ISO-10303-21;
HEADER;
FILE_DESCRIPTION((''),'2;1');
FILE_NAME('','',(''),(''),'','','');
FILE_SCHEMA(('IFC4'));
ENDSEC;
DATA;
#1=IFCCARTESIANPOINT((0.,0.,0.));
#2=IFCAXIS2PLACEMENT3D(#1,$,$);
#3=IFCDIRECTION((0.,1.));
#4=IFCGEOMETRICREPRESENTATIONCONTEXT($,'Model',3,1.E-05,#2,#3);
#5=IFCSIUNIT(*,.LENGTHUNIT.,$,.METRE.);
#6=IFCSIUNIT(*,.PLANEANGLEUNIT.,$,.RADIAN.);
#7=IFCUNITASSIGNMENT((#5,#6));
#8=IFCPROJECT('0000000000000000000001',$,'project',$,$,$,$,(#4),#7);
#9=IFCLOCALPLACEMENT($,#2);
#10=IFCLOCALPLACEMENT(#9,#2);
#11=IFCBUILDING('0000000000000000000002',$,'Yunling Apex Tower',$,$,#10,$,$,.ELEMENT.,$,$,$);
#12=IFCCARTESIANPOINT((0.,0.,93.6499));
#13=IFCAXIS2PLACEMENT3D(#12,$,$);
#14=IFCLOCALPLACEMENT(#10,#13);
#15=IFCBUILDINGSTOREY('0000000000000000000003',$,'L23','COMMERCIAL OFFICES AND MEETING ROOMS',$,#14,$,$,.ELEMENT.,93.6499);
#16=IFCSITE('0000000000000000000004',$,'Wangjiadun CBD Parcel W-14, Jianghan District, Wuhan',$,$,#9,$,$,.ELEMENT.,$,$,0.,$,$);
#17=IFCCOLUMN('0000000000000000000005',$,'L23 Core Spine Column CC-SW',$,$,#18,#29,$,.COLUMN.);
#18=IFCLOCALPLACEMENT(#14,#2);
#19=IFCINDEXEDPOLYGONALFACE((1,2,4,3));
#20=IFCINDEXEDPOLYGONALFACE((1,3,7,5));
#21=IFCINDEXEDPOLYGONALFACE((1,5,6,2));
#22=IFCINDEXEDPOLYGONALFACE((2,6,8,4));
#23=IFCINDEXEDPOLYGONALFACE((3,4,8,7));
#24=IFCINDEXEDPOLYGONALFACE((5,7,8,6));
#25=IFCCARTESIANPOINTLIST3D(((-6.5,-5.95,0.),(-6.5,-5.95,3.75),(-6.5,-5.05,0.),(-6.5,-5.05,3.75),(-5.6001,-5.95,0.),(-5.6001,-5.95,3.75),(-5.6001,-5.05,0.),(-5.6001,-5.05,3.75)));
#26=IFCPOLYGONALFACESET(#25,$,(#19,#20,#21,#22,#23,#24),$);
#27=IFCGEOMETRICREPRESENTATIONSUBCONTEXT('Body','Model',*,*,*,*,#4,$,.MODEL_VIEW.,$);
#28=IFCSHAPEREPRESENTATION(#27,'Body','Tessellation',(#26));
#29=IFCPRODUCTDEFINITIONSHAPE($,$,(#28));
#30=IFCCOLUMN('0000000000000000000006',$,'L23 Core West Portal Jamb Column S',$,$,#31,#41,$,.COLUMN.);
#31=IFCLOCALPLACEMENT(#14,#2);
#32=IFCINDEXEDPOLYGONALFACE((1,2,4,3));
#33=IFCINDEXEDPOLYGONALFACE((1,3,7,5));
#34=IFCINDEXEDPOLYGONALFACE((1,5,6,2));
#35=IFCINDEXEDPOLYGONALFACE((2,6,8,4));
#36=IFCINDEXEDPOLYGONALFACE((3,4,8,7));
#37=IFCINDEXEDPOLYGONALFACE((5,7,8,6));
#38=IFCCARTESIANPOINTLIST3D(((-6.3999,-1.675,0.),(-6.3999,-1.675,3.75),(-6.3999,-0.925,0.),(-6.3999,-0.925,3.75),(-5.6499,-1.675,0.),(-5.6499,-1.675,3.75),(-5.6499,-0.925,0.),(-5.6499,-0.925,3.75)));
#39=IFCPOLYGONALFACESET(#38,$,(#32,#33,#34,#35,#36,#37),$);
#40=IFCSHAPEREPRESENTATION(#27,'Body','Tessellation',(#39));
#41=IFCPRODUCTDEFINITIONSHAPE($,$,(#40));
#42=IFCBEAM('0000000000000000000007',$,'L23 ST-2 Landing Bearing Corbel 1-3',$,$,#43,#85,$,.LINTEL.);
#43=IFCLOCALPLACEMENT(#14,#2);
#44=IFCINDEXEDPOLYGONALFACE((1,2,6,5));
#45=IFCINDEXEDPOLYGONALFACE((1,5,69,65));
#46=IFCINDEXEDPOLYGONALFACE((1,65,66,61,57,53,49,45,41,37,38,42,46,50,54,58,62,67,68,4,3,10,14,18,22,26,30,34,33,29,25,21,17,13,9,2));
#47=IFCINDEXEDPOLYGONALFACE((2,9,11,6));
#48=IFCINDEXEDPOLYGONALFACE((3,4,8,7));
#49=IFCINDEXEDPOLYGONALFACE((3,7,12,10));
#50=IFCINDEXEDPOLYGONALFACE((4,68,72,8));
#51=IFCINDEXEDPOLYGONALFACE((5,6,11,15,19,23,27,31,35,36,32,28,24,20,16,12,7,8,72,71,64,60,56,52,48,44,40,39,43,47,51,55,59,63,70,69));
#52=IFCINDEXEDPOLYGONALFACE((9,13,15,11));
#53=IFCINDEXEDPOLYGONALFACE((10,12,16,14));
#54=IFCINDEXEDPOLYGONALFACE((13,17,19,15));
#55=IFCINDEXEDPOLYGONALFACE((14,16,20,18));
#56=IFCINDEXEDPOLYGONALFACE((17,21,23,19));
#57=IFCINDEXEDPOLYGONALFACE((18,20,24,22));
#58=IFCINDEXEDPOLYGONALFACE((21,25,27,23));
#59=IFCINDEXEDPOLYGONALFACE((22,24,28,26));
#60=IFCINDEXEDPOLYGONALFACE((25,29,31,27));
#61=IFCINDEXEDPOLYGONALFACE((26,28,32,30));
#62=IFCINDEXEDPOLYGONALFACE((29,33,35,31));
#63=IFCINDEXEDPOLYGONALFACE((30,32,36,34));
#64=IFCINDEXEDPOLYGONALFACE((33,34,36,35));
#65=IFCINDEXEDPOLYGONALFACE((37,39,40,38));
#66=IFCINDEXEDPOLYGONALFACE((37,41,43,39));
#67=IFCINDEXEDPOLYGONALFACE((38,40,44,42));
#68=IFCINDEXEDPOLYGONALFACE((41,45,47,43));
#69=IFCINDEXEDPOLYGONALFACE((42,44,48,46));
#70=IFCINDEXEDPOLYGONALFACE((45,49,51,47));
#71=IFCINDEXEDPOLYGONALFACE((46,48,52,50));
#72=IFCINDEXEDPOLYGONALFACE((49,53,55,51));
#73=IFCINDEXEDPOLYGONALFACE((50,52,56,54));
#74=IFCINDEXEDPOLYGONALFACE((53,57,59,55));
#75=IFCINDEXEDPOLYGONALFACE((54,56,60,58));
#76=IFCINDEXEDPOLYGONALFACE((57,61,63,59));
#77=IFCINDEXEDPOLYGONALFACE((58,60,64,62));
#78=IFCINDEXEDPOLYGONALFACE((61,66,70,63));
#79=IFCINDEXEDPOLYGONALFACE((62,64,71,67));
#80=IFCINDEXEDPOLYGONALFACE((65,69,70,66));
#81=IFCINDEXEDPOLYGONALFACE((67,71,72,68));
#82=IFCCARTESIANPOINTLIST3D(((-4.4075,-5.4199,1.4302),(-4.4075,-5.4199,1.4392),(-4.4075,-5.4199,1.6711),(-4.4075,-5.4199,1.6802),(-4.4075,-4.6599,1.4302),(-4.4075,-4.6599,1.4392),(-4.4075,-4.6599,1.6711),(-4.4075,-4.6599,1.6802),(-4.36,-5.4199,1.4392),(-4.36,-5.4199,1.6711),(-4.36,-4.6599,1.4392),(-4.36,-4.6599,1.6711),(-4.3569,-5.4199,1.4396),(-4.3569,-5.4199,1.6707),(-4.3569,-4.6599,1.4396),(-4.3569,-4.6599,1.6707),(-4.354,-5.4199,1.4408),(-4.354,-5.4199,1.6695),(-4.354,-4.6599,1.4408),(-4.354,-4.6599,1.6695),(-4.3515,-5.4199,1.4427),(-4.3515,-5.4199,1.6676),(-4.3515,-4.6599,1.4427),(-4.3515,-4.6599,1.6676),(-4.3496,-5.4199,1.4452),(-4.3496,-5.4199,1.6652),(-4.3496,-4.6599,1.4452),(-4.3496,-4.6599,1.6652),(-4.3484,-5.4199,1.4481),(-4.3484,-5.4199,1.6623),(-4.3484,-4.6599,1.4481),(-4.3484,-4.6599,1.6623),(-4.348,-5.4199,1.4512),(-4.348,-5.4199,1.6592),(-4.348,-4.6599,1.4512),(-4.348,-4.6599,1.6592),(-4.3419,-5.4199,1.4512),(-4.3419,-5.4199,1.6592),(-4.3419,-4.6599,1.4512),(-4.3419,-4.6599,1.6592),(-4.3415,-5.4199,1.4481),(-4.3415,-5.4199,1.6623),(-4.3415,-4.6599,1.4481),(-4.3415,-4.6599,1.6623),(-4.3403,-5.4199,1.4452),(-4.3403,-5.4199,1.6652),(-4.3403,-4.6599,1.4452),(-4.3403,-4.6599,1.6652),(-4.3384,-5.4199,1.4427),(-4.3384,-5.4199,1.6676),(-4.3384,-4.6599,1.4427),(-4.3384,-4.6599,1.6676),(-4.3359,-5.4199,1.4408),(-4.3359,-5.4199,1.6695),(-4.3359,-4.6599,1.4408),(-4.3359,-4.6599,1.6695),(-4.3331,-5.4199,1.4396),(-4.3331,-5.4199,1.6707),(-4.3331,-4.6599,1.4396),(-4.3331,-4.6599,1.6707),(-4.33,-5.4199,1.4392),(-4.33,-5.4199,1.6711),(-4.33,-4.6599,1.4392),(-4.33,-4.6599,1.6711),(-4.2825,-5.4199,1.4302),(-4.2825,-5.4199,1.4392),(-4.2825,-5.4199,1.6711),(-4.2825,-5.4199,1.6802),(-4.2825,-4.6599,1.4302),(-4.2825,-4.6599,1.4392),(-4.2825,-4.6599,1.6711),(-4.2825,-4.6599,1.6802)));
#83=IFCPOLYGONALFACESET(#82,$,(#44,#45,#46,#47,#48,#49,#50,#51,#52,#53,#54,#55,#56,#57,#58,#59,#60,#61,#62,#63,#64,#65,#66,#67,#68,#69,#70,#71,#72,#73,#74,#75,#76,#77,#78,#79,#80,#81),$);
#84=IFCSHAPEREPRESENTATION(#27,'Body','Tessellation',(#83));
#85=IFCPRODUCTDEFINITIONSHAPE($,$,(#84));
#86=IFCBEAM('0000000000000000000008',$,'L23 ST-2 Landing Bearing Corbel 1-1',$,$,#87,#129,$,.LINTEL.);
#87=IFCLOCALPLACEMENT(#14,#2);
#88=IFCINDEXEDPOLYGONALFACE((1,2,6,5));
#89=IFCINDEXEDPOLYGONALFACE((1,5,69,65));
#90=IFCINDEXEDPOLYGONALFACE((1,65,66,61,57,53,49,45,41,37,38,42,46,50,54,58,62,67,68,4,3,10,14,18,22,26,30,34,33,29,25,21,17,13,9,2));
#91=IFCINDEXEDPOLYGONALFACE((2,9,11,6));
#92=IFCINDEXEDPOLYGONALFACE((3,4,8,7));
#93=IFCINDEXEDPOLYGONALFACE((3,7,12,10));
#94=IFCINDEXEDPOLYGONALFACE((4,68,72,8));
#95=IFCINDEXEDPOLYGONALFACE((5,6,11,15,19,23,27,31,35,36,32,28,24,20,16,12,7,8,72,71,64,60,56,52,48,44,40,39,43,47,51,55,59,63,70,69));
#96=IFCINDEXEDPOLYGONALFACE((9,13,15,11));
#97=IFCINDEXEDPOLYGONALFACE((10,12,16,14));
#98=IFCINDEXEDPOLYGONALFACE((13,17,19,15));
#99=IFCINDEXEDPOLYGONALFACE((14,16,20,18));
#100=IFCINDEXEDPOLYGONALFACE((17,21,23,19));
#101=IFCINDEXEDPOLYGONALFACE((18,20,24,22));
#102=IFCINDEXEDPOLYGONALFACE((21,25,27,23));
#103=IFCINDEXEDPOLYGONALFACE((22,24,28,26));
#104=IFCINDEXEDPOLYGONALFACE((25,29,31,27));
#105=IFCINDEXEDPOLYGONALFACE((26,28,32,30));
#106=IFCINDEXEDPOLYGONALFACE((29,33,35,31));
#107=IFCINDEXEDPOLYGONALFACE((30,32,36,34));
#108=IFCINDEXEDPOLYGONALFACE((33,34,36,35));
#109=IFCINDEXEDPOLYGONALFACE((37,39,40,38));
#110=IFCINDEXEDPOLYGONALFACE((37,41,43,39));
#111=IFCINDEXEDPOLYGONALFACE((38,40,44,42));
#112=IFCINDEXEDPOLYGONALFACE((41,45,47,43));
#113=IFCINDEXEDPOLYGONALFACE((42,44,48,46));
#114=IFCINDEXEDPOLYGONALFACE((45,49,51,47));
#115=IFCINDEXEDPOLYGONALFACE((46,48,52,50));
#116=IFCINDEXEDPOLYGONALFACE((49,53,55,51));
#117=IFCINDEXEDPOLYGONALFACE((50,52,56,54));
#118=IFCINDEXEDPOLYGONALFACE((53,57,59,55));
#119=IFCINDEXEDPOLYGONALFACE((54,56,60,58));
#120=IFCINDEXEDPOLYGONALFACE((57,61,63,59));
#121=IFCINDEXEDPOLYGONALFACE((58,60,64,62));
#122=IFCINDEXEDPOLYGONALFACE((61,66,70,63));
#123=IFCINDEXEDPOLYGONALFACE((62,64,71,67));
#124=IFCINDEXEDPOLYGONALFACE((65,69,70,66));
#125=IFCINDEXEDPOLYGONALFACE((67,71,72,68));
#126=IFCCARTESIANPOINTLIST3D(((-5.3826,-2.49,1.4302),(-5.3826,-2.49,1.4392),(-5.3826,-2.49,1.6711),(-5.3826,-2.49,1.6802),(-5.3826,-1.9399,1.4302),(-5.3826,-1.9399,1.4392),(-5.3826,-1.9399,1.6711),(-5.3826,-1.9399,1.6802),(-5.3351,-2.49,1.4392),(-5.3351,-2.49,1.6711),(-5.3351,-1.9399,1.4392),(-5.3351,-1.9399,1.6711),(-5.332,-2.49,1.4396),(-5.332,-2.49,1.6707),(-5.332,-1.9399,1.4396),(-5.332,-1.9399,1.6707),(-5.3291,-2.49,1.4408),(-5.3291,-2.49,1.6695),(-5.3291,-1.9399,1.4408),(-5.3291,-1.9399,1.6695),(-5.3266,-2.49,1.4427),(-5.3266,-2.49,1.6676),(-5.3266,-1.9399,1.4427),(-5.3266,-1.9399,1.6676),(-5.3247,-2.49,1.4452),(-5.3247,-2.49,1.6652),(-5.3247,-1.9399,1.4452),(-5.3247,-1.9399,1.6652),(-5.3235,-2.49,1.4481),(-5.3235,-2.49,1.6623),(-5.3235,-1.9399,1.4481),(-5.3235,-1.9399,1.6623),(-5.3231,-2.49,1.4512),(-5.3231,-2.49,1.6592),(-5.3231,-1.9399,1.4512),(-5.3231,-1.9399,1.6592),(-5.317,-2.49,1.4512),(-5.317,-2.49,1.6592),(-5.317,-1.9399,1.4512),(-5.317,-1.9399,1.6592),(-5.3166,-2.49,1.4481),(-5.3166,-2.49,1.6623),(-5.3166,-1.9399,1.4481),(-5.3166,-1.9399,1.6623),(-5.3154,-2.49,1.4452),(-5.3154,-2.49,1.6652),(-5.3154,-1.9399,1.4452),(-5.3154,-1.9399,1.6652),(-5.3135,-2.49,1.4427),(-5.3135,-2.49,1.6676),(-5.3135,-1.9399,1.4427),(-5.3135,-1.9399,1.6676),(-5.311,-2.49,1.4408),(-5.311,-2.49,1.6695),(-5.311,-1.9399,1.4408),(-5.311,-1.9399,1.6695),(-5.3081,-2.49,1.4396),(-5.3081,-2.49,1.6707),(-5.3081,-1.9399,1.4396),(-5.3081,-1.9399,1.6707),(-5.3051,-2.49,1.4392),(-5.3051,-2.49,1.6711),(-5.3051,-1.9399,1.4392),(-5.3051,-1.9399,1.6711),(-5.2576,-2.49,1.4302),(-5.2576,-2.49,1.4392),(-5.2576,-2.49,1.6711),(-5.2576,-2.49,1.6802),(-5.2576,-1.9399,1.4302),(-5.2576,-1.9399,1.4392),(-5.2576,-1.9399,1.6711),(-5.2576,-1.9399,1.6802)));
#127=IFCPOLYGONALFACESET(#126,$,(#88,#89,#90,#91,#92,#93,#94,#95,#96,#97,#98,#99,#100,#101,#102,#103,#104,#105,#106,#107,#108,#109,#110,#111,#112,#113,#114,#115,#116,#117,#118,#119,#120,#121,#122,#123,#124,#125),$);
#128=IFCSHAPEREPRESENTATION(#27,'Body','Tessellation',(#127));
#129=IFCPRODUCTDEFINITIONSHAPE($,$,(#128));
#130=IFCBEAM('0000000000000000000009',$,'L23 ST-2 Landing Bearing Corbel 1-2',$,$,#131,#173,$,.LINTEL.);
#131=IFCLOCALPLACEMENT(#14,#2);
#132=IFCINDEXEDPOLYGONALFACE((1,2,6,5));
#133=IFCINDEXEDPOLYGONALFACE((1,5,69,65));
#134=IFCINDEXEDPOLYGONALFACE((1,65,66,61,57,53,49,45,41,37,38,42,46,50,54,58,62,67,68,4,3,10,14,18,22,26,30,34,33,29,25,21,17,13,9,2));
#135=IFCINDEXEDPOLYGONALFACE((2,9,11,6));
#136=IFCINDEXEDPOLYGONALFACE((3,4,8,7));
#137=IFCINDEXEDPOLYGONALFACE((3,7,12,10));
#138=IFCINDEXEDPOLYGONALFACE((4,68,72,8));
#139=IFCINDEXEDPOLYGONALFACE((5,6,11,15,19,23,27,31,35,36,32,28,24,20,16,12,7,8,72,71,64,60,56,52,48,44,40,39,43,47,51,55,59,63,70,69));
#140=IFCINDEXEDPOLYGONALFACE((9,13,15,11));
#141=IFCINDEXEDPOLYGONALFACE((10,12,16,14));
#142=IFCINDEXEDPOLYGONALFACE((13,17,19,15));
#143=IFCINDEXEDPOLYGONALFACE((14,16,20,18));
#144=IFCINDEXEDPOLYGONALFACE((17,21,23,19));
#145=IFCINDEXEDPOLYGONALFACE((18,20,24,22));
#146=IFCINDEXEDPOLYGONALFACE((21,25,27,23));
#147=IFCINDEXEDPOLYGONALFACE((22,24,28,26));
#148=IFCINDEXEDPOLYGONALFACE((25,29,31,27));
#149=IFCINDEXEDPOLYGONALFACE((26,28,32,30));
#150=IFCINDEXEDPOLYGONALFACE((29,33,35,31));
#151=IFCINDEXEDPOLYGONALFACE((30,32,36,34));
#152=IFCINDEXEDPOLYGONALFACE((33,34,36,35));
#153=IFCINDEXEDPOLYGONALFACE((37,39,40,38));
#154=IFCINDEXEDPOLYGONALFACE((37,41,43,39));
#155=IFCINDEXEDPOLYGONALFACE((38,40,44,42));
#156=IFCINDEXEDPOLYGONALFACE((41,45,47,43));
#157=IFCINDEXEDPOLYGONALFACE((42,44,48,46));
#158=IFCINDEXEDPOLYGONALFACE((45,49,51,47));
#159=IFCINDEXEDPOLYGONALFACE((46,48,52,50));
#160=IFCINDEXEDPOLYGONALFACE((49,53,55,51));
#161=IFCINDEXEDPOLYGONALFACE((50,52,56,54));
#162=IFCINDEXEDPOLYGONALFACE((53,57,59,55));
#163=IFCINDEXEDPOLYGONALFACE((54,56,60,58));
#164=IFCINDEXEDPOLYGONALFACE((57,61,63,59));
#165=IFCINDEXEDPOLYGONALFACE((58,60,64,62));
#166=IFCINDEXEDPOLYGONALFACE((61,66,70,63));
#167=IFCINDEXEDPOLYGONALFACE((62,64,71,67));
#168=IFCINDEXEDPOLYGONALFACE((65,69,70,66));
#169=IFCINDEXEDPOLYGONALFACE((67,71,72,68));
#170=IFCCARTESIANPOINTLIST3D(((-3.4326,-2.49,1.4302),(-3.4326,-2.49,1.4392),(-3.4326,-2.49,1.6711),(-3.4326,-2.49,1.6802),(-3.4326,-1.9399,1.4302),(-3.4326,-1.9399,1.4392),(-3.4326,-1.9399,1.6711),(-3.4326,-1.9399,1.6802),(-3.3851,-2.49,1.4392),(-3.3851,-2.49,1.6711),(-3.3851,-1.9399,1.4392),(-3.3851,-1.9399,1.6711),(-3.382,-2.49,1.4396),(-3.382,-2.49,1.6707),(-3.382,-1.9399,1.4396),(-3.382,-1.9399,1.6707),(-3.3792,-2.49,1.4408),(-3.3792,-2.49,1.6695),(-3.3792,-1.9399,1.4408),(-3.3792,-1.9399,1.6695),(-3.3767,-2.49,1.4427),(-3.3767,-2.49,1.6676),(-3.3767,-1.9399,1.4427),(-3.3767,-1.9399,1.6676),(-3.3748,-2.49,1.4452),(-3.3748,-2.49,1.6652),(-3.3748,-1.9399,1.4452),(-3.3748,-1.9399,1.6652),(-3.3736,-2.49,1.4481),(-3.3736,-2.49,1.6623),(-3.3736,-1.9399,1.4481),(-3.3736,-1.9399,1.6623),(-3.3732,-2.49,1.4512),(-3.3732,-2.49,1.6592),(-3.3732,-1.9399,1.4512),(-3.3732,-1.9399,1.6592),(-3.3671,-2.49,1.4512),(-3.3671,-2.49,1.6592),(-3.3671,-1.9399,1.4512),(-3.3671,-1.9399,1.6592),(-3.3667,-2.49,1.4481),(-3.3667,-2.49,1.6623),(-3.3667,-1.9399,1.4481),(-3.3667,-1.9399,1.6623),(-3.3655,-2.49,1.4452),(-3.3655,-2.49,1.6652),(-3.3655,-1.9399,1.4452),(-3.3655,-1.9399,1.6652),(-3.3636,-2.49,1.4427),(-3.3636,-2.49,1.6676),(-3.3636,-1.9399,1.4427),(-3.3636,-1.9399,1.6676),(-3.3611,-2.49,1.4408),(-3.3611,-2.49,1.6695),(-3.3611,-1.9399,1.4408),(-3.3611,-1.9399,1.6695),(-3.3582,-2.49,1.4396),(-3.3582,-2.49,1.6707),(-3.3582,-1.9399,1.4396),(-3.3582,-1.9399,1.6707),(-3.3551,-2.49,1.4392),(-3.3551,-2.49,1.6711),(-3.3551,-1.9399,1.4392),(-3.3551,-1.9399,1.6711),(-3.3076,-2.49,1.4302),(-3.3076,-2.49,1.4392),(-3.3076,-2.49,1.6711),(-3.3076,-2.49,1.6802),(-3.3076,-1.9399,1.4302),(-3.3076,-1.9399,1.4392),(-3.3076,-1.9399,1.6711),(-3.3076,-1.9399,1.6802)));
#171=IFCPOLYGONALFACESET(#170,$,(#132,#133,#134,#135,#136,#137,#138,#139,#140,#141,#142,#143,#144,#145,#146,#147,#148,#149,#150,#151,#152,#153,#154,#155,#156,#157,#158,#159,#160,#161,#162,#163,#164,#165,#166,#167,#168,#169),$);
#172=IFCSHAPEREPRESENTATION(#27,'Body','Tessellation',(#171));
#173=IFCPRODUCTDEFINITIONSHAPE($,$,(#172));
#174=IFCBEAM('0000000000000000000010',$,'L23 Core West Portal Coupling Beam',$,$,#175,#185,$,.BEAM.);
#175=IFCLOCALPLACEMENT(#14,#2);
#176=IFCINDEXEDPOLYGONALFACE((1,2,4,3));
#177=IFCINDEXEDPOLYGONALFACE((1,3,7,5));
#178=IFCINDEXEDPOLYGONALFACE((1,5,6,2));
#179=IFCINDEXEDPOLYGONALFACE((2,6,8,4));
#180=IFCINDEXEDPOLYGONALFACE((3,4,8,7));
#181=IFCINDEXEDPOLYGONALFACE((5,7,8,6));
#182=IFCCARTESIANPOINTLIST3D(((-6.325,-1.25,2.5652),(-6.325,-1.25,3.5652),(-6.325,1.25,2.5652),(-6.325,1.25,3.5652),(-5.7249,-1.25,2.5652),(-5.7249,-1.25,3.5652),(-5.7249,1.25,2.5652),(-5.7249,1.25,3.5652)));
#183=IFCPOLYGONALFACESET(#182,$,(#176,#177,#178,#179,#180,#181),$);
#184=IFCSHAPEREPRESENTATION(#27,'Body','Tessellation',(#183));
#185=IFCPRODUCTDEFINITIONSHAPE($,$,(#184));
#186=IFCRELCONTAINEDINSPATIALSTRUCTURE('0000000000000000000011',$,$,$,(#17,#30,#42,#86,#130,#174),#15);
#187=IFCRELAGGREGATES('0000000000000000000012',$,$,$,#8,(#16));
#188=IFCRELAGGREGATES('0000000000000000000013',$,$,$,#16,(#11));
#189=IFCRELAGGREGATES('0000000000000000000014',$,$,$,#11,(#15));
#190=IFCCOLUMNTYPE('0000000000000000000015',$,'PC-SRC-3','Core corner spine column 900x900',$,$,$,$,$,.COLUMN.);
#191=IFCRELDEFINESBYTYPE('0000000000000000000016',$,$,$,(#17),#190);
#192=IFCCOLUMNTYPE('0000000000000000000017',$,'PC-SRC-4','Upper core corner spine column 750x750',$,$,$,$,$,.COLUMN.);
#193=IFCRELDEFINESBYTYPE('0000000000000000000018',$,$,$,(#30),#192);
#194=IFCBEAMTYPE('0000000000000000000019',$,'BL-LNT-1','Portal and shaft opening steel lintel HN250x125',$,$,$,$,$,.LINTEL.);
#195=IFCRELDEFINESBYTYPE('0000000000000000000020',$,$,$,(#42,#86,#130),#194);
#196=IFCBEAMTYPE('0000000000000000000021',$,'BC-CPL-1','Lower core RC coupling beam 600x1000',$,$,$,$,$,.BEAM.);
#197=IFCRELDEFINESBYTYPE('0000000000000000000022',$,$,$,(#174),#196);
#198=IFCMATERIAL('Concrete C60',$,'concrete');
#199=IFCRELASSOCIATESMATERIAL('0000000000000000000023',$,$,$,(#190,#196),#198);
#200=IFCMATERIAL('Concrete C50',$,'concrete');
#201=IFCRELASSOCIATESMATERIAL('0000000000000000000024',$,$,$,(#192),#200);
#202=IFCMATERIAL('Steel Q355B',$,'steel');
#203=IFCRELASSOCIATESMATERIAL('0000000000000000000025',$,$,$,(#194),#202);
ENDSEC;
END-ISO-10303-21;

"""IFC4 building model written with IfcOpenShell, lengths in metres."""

from ifc_helpers import new_model, si_unit, direction, frame, origin, origin_2d, place, context, subcontext, project, spatial, rectangle, i_section, extrude, source, transform, mapped, material, material_profile, profile_set, type_object, element, save


model = new_model("IFC4")

# Units and contexts
model_context = context("Model", 3, precision=1e-05, world=origin(), true_north=direction((0.0, 1.0)))
body_context = subcontext(model_context, "Body", "Model", "MODEL_VIEW")
ifc_project = project(units=[si_unit("LENGTHUNIT", "METRE"), si_unit("PLANEANGLEUNIT", "RADIAN")], contexts=[model_context])

# Site, building, storey
site_placement = place(None, origin())
site = spatial("IfcSite", under=ifc_project, at=site_placement, Name="Wangjiadun CBD Parcel W-14, Jianghan District, Wuhan", CompositionType="ELEMENT", RefElevation=0.0)
building_placement = place(site_placement, origin())
building = spatial("IfcBuilding", under=site, at=building_placement, Name="Yunling Apex Tower", CompositionType="ELEMENT")
storey_placement = place(building_placement, frame((0.0, 0.0, 93.6499)))
storey = spatial("IfcBuildingStorey", under=building, at=storey_placement, Name="L23", Description="COMMERCIAL OFFICES AND MEETING ROOMS", CompositionType="ELEMENT", Elevation=93.6499)

# Columns
ifc_material_1 = material(Name="Concrete C60", Category="concrete")
ifc_material_profile_1 = material_profile(ifc_material_1, rectangle(XDim=0.8999, YDim=0.8999, at=origin_2d()))
ifc_profile_set_1 = profile_set([ifc_material_profile_1], Name="Concrete C60")
column_type_1 = type_object("IfcColumnType", Name="PC-SRC-3", Description="Core corner spine column 900x900", PredefinedType="COLUMN", material=ifc_profile_set_1)
shared_shape_1 = source(origin(), body_context, "Body", "SweptSolid", [
    extrude(rectangle(XDim=0.8999, YDim=0.8999, at=origin_2d()), origin(), (0.0, 0.0, 1.0), 3.75),
])
column_1_placement = place(storey_placement, frame((-6.05, -5.5, 0.0), z_axis=(0.0, 0.0, 1.0), x_axis=(1.0, 0.0, 0.0)))
element("IfcColumn", 1, at=column_1_placement, inside=storey, type_object=column_type_1, Name="L23 Core Spine Column CC-SW", PredefinedType="COLUMN", context=body_context, shape_type="MappedRepresentation", body=[
    mapped(shared_shape_1, transform((0.0, 0.0, 0.0), scale=1.0)),
])
ifc_material_2 = material(Name="Concrete C50", Category="concrete")
ifc_material_profile_2 = material_profile(ifc_material_2, rectangle(XDim=0.75, YDim=0.75, at=origin_2d()))
ifc_profile_set_2 = profile_set([ifc_material_profile_2], Name="Concrete C50")
column_type_2 = type_object("IfcColumnType", Name="PC-SRC-4", Description="Upper core corner spine column 750x750", PredefinedType="COLUMN", material=ifc_profile_set_2)
shared_shape_2 = source(origin(), body_context, "Body", "SweptSolid", [
    extrude(rectangle(XDim=0.75, YDim=0.75, at=origin_2d()), origin(), (0.0, 0.0, 1.0), 3.75),
])
column_2_placement = place(storey_placement, frame((-6.0249, -1.3, 0.0), z_axis=(0.0, 0.0, 1.0), x_axis=(1.0, 0.0, 0.0)))
element("IfcColumn", 2, at=column_2_placement, inside=storey, type_object=column_type_2, Name="L23 Core West Portal Jamb Column S", PredefinedType="COLUMN", context=body_context, shape_type="MappedRepresentation", body=[
    mapped(shared_shape_2, transform((0.0, 0.0, 0.0), scale=1.0)),
])

# Beams
ifc_material_3 = material(Name="Steel Q355B", Category="steel")
ifc_material_profile_3 = material_profile(ifc_material_3, i_section(OverallWidth=0.125, OverallDepth=0.25, WebThickness=0.0061, FlangeThickness=0.009, FilletRadius=0.012, at=origin_2d()))
ifc_profile_set_3 = profile_set([ifc_material_profile_3], Name="Steel Q355B")
beam_type_1 = type_object("IfcBeamType", Name="BL-LNT-1", Description="Portal and shaft opening steel lintel HN250x125", PredefinedType="LINTEL", material=ifc_profile_set_3)
shared_shape_3 = source(origin(), body_context, "Body", "SweptSolid", [
    extrude(i_section(OverallWidth=0.125, OverallDepth=0.25, WebThickness=0.0061, FlangeThickness=0.009, FilletRadius=0.012, at=origin_2d()), origin(), (0.0, 0.0, 1.0), 0.76),
])
beam_1_placement = place(storey_placement, frame((-4.345, -5.4199, 1.5552), z_axis=(0.0, 1.0, 0.0), x_axis=(-1.0, 0.0, 0.0)))
element("IfcBeam", 3, at=beam_1_placement, inside=storey, type_object=beam_type_1, Name="L23 ST-2 Landing Bearing Corbel 1-3", PredefinedType="LINTEL", context=body_context, shape_type="MappedRepresentation", body=[
    mapped(shared_shape_3, transform((0.0, 0.0, 0.0), scale=1.0)),
])
shared_shape_4 = source(origin(), body_context, "Body", "SweptSolid", [
    extrude(i_section(OverallWidth=0.125, OverallDepth=0.25, WebThickness=0.0061, FlangeThickness=0.009, FilletRadius=0.012, at=origin_2d()), origin(), (0.0, 0.0, 1.0), 0.55),
])
for number, where, z_axis, x_axis, name in (
    (4, (-5.3201, -1.9399, 1.5552), (0.0, -1.0, 0.0), (1.0, 0.0, 0.0), "L23 ST-2 Landing Bearing Corbel 1-1"),
    (5, (-3.3701, -1.9399, 1.5552), (0.0, -1.0, 0.0), (1.0, 0.0, 0.0), "L23 ST-2 Landing Bearing Corbel 1-2"),
):
    element("IfcBeam", number, at=place(storey_placement, frame(where, z_axis=z_axis, x_axis=x_axis)), inside=storey, type_object=beam_type_1, Name=name, PredefinedType="LINTEL", context=body_context, shape_type="MappedRepresentation", body=[
        mapped(shared_shape_4, transform((0.0, 0.0, 0.0), scale=1.0)),
    ])
ifc_material_profile_4 = material_profile(ifc_material_1, rectangle(XDim=0.6001, YDim=1.0, at=origin_2d()))
ifc_profile_set_4 = profile_set([ifc_material_profile_4], Name="Concrete C60")
beam_type_2 = type_object("IfcBeamType", Name="BC-CPL-1", Description="Lower core RC coupling beam 600x1000", PredefinedType="BEAM", material=ifc_profile_set_4)
shared_shape_5 = source(origin(), body_context, "Body", "SweptSolid", [
    extrude(rectangle(XDim=0.6001, YDim=1.0, at=origin_2d()), origin(), (0.0, 0.0, 1.0), 2.5),
])
beam_2_placement = place(storey_placement, frame((-6.0249, -1.25, 3.0652), z_axis=(0.0, 1.0, 0.0), x_axis=(-1.0, 0.0, 0.0)))
element("IfcBeam", 6, at=beam_2_placement, inside=storey, type_object=beam_type_2, Name="L23 Core West Portal Coupling Beam", PredefinedType="BEAM", context=body_context, shape_type="MappedRepresentation", body=[
    mapped(shared_shape_5, transform((0.0, 0.0, 0.0), scale=1.0)),
])

save(model, "model.ifc")
